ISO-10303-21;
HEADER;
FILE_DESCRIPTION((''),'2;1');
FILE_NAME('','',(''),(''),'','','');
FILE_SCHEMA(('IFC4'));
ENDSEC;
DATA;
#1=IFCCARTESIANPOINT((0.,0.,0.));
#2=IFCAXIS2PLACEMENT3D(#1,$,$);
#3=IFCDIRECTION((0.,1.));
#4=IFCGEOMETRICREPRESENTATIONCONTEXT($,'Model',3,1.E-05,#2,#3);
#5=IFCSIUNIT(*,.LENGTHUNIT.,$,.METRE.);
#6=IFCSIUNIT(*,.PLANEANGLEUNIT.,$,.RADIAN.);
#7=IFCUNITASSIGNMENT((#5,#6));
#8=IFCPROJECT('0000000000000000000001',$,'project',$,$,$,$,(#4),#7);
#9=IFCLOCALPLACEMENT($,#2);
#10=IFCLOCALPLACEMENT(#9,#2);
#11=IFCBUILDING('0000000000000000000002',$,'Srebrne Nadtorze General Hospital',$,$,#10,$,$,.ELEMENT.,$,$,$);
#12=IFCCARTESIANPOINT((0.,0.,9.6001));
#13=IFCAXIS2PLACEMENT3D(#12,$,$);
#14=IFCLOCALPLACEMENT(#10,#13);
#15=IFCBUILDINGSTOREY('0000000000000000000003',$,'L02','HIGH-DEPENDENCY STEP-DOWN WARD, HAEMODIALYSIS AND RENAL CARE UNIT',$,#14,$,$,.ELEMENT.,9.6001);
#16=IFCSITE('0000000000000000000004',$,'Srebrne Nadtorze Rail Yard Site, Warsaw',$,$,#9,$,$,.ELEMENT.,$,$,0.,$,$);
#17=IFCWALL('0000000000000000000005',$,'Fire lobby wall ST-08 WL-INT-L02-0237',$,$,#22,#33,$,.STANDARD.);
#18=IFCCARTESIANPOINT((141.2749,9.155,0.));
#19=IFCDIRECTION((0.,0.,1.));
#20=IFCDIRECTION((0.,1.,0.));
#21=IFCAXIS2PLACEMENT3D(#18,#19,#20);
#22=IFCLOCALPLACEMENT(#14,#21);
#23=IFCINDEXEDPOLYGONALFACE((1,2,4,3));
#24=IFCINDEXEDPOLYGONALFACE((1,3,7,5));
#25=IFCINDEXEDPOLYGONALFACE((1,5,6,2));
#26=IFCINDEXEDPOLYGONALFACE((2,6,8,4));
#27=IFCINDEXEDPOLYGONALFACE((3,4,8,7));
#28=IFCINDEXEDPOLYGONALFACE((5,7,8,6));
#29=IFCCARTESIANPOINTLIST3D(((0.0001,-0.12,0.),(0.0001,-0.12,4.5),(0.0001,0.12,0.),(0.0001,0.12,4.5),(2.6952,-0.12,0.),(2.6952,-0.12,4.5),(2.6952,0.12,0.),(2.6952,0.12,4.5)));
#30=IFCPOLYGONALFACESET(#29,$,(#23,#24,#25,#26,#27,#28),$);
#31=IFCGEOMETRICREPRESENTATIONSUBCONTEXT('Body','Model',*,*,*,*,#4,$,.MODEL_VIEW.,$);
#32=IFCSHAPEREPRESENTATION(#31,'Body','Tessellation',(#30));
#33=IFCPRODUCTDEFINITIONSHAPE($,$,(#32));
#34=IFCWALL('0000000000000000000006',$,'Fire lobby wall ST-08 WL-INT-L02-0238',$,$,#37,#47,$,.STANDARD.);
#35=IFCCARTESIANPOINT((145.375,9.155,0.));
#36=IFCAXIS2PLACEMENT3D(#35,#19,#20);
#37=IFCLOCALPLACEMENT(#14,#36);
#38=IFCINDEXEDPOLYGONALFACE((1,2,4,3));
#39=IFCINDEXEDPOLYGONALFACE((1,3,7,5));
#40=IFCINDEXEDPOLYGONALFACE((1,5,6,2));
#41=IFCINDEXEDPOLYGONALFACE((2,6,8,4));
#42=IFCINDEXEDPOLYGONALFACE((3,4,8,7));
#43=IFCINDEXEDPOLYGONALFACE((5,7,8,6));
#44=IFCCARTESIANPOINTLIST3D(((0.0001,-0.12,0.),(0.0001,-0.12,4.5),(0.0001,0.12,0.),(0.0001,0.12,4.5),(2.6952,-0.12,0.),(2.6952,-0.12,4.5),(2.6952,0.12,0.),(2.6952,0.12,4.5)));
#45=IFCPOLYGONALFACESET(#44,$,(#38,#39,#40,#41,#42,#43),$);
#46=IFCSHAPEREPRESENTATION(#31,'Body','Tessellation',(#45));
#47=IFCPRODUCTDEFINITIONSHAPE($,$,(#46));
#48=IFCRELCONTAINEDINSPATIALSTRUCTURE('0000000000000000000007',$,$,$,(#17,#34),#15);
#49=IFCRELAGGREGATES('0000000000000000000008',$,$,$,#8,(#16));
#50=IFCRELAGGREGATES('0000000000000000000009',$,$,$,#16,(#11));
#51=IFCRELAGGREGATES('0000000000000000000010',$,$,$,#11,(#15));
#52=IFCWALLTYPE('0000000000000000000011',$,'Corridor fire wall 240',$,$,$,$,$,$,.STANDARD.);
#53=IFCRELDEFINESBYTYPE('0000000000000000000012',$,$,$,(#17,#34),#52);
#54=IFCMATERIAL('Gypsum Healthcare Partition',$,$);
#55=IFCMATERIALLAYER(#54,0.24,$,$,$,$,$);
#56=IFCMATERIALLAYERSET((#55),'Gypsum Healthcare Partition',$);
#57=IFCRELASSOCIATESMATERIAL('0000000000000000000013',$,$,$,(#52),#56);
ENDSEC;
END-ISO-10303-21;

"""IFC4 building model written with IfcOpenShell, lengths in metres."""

from ifc_helpers import new_model, si_unit, direction, frame, frame_2d, origin, place, context, subcontext, project, spatial, rectangle, extrude, material, layer, layer_set, type_object, element, save


model = new_model("IFC4")

# Units and contexts
model_context = context("Model", 3, precision=1e-05, world=origin(), true_north=direction((0.0, 1.0)))
body_context = subcontext(model_context, "Body", "Model", "MODEL_VIEW")
ifc_project = project(units=[si_unit("LENGTHUNIT", "METRE"), si_unit("PLANEANGLEUNIT", "RADIAN")], contexts=[model_context])

# Site, building, storey
site_placement = place(None, origin())
site = spatial("IfcSite", under=ifc_project, at=site_placement, Name="Srebrne Nadtorze Rail Yard Site, Warsaw", CompositionType="ELEMENT", RefElevation=0.0)
building_placement = place(site_placement, origin())
building = spatial("IfcBuilding", under=site, at=building_placement, Name="Srebrne Nadtorze General Hospital", CompositionType="ELEMENT")
storey_placement = place(building_placement, frame((0.0, 0.0, 9.6001)))
storey = spatial("IfcBuildingStorey", under=building, at=storey_placement, Name="L02", Description="HIGH-DEPENDENCY STEP-DOWN WARD, HAEMODIALYSIS AND RENAL CARE UNIT", CompositionType="ELEMENT", Elevation=9.6001)

# Walls
ifc_material_1 = material(Name="Gypsum Healthcare Partition")
ifc_layer_1 = layer(ifc_material_1, 0.24)
ifc_layer_set_1 = layer_set([ifc_layer_1], Name="Gypsum Healthcare Partition")
wall_type_1 = type_object("IfcWallType", Name="Corridor fire wall 240", PredefinedType="STANDARD", material=ifc_layer_set_1)
for number, where, z_axis, x_axis, name in (
    (1, (141.2749, 9.155, 0.0), (0.0, 0.0, 1.0), (0.0, 1.0, 0.0), "Fire lobby wall ST-08 WL-INT-L02-0237"),
    (2, (145.375, 9.155, 0.0), (0.0, 0.0, 1.0), (0.0, 1.0, 0.0), "Fire lobby wall ST-08 WL-INT-L02-0238"),
):
    element("IfcWall", number, at=place(storey_placement, frame(where, z_axis=z_axis, x_axis=x_axis)), inside=storey, type_object=wall_type_1, Name=name, PredefinedType="STANDARD", context=body_context, shape_type="SweptSolid", body=[
        extrude(rectangle(XDim=2.6951, YDim=0.24, at=frame_2d((1.3477, 0.0))), origin(), (0.0, 0.0, 1.0), 4.5),
    ])

save(model, "model.ifc")
